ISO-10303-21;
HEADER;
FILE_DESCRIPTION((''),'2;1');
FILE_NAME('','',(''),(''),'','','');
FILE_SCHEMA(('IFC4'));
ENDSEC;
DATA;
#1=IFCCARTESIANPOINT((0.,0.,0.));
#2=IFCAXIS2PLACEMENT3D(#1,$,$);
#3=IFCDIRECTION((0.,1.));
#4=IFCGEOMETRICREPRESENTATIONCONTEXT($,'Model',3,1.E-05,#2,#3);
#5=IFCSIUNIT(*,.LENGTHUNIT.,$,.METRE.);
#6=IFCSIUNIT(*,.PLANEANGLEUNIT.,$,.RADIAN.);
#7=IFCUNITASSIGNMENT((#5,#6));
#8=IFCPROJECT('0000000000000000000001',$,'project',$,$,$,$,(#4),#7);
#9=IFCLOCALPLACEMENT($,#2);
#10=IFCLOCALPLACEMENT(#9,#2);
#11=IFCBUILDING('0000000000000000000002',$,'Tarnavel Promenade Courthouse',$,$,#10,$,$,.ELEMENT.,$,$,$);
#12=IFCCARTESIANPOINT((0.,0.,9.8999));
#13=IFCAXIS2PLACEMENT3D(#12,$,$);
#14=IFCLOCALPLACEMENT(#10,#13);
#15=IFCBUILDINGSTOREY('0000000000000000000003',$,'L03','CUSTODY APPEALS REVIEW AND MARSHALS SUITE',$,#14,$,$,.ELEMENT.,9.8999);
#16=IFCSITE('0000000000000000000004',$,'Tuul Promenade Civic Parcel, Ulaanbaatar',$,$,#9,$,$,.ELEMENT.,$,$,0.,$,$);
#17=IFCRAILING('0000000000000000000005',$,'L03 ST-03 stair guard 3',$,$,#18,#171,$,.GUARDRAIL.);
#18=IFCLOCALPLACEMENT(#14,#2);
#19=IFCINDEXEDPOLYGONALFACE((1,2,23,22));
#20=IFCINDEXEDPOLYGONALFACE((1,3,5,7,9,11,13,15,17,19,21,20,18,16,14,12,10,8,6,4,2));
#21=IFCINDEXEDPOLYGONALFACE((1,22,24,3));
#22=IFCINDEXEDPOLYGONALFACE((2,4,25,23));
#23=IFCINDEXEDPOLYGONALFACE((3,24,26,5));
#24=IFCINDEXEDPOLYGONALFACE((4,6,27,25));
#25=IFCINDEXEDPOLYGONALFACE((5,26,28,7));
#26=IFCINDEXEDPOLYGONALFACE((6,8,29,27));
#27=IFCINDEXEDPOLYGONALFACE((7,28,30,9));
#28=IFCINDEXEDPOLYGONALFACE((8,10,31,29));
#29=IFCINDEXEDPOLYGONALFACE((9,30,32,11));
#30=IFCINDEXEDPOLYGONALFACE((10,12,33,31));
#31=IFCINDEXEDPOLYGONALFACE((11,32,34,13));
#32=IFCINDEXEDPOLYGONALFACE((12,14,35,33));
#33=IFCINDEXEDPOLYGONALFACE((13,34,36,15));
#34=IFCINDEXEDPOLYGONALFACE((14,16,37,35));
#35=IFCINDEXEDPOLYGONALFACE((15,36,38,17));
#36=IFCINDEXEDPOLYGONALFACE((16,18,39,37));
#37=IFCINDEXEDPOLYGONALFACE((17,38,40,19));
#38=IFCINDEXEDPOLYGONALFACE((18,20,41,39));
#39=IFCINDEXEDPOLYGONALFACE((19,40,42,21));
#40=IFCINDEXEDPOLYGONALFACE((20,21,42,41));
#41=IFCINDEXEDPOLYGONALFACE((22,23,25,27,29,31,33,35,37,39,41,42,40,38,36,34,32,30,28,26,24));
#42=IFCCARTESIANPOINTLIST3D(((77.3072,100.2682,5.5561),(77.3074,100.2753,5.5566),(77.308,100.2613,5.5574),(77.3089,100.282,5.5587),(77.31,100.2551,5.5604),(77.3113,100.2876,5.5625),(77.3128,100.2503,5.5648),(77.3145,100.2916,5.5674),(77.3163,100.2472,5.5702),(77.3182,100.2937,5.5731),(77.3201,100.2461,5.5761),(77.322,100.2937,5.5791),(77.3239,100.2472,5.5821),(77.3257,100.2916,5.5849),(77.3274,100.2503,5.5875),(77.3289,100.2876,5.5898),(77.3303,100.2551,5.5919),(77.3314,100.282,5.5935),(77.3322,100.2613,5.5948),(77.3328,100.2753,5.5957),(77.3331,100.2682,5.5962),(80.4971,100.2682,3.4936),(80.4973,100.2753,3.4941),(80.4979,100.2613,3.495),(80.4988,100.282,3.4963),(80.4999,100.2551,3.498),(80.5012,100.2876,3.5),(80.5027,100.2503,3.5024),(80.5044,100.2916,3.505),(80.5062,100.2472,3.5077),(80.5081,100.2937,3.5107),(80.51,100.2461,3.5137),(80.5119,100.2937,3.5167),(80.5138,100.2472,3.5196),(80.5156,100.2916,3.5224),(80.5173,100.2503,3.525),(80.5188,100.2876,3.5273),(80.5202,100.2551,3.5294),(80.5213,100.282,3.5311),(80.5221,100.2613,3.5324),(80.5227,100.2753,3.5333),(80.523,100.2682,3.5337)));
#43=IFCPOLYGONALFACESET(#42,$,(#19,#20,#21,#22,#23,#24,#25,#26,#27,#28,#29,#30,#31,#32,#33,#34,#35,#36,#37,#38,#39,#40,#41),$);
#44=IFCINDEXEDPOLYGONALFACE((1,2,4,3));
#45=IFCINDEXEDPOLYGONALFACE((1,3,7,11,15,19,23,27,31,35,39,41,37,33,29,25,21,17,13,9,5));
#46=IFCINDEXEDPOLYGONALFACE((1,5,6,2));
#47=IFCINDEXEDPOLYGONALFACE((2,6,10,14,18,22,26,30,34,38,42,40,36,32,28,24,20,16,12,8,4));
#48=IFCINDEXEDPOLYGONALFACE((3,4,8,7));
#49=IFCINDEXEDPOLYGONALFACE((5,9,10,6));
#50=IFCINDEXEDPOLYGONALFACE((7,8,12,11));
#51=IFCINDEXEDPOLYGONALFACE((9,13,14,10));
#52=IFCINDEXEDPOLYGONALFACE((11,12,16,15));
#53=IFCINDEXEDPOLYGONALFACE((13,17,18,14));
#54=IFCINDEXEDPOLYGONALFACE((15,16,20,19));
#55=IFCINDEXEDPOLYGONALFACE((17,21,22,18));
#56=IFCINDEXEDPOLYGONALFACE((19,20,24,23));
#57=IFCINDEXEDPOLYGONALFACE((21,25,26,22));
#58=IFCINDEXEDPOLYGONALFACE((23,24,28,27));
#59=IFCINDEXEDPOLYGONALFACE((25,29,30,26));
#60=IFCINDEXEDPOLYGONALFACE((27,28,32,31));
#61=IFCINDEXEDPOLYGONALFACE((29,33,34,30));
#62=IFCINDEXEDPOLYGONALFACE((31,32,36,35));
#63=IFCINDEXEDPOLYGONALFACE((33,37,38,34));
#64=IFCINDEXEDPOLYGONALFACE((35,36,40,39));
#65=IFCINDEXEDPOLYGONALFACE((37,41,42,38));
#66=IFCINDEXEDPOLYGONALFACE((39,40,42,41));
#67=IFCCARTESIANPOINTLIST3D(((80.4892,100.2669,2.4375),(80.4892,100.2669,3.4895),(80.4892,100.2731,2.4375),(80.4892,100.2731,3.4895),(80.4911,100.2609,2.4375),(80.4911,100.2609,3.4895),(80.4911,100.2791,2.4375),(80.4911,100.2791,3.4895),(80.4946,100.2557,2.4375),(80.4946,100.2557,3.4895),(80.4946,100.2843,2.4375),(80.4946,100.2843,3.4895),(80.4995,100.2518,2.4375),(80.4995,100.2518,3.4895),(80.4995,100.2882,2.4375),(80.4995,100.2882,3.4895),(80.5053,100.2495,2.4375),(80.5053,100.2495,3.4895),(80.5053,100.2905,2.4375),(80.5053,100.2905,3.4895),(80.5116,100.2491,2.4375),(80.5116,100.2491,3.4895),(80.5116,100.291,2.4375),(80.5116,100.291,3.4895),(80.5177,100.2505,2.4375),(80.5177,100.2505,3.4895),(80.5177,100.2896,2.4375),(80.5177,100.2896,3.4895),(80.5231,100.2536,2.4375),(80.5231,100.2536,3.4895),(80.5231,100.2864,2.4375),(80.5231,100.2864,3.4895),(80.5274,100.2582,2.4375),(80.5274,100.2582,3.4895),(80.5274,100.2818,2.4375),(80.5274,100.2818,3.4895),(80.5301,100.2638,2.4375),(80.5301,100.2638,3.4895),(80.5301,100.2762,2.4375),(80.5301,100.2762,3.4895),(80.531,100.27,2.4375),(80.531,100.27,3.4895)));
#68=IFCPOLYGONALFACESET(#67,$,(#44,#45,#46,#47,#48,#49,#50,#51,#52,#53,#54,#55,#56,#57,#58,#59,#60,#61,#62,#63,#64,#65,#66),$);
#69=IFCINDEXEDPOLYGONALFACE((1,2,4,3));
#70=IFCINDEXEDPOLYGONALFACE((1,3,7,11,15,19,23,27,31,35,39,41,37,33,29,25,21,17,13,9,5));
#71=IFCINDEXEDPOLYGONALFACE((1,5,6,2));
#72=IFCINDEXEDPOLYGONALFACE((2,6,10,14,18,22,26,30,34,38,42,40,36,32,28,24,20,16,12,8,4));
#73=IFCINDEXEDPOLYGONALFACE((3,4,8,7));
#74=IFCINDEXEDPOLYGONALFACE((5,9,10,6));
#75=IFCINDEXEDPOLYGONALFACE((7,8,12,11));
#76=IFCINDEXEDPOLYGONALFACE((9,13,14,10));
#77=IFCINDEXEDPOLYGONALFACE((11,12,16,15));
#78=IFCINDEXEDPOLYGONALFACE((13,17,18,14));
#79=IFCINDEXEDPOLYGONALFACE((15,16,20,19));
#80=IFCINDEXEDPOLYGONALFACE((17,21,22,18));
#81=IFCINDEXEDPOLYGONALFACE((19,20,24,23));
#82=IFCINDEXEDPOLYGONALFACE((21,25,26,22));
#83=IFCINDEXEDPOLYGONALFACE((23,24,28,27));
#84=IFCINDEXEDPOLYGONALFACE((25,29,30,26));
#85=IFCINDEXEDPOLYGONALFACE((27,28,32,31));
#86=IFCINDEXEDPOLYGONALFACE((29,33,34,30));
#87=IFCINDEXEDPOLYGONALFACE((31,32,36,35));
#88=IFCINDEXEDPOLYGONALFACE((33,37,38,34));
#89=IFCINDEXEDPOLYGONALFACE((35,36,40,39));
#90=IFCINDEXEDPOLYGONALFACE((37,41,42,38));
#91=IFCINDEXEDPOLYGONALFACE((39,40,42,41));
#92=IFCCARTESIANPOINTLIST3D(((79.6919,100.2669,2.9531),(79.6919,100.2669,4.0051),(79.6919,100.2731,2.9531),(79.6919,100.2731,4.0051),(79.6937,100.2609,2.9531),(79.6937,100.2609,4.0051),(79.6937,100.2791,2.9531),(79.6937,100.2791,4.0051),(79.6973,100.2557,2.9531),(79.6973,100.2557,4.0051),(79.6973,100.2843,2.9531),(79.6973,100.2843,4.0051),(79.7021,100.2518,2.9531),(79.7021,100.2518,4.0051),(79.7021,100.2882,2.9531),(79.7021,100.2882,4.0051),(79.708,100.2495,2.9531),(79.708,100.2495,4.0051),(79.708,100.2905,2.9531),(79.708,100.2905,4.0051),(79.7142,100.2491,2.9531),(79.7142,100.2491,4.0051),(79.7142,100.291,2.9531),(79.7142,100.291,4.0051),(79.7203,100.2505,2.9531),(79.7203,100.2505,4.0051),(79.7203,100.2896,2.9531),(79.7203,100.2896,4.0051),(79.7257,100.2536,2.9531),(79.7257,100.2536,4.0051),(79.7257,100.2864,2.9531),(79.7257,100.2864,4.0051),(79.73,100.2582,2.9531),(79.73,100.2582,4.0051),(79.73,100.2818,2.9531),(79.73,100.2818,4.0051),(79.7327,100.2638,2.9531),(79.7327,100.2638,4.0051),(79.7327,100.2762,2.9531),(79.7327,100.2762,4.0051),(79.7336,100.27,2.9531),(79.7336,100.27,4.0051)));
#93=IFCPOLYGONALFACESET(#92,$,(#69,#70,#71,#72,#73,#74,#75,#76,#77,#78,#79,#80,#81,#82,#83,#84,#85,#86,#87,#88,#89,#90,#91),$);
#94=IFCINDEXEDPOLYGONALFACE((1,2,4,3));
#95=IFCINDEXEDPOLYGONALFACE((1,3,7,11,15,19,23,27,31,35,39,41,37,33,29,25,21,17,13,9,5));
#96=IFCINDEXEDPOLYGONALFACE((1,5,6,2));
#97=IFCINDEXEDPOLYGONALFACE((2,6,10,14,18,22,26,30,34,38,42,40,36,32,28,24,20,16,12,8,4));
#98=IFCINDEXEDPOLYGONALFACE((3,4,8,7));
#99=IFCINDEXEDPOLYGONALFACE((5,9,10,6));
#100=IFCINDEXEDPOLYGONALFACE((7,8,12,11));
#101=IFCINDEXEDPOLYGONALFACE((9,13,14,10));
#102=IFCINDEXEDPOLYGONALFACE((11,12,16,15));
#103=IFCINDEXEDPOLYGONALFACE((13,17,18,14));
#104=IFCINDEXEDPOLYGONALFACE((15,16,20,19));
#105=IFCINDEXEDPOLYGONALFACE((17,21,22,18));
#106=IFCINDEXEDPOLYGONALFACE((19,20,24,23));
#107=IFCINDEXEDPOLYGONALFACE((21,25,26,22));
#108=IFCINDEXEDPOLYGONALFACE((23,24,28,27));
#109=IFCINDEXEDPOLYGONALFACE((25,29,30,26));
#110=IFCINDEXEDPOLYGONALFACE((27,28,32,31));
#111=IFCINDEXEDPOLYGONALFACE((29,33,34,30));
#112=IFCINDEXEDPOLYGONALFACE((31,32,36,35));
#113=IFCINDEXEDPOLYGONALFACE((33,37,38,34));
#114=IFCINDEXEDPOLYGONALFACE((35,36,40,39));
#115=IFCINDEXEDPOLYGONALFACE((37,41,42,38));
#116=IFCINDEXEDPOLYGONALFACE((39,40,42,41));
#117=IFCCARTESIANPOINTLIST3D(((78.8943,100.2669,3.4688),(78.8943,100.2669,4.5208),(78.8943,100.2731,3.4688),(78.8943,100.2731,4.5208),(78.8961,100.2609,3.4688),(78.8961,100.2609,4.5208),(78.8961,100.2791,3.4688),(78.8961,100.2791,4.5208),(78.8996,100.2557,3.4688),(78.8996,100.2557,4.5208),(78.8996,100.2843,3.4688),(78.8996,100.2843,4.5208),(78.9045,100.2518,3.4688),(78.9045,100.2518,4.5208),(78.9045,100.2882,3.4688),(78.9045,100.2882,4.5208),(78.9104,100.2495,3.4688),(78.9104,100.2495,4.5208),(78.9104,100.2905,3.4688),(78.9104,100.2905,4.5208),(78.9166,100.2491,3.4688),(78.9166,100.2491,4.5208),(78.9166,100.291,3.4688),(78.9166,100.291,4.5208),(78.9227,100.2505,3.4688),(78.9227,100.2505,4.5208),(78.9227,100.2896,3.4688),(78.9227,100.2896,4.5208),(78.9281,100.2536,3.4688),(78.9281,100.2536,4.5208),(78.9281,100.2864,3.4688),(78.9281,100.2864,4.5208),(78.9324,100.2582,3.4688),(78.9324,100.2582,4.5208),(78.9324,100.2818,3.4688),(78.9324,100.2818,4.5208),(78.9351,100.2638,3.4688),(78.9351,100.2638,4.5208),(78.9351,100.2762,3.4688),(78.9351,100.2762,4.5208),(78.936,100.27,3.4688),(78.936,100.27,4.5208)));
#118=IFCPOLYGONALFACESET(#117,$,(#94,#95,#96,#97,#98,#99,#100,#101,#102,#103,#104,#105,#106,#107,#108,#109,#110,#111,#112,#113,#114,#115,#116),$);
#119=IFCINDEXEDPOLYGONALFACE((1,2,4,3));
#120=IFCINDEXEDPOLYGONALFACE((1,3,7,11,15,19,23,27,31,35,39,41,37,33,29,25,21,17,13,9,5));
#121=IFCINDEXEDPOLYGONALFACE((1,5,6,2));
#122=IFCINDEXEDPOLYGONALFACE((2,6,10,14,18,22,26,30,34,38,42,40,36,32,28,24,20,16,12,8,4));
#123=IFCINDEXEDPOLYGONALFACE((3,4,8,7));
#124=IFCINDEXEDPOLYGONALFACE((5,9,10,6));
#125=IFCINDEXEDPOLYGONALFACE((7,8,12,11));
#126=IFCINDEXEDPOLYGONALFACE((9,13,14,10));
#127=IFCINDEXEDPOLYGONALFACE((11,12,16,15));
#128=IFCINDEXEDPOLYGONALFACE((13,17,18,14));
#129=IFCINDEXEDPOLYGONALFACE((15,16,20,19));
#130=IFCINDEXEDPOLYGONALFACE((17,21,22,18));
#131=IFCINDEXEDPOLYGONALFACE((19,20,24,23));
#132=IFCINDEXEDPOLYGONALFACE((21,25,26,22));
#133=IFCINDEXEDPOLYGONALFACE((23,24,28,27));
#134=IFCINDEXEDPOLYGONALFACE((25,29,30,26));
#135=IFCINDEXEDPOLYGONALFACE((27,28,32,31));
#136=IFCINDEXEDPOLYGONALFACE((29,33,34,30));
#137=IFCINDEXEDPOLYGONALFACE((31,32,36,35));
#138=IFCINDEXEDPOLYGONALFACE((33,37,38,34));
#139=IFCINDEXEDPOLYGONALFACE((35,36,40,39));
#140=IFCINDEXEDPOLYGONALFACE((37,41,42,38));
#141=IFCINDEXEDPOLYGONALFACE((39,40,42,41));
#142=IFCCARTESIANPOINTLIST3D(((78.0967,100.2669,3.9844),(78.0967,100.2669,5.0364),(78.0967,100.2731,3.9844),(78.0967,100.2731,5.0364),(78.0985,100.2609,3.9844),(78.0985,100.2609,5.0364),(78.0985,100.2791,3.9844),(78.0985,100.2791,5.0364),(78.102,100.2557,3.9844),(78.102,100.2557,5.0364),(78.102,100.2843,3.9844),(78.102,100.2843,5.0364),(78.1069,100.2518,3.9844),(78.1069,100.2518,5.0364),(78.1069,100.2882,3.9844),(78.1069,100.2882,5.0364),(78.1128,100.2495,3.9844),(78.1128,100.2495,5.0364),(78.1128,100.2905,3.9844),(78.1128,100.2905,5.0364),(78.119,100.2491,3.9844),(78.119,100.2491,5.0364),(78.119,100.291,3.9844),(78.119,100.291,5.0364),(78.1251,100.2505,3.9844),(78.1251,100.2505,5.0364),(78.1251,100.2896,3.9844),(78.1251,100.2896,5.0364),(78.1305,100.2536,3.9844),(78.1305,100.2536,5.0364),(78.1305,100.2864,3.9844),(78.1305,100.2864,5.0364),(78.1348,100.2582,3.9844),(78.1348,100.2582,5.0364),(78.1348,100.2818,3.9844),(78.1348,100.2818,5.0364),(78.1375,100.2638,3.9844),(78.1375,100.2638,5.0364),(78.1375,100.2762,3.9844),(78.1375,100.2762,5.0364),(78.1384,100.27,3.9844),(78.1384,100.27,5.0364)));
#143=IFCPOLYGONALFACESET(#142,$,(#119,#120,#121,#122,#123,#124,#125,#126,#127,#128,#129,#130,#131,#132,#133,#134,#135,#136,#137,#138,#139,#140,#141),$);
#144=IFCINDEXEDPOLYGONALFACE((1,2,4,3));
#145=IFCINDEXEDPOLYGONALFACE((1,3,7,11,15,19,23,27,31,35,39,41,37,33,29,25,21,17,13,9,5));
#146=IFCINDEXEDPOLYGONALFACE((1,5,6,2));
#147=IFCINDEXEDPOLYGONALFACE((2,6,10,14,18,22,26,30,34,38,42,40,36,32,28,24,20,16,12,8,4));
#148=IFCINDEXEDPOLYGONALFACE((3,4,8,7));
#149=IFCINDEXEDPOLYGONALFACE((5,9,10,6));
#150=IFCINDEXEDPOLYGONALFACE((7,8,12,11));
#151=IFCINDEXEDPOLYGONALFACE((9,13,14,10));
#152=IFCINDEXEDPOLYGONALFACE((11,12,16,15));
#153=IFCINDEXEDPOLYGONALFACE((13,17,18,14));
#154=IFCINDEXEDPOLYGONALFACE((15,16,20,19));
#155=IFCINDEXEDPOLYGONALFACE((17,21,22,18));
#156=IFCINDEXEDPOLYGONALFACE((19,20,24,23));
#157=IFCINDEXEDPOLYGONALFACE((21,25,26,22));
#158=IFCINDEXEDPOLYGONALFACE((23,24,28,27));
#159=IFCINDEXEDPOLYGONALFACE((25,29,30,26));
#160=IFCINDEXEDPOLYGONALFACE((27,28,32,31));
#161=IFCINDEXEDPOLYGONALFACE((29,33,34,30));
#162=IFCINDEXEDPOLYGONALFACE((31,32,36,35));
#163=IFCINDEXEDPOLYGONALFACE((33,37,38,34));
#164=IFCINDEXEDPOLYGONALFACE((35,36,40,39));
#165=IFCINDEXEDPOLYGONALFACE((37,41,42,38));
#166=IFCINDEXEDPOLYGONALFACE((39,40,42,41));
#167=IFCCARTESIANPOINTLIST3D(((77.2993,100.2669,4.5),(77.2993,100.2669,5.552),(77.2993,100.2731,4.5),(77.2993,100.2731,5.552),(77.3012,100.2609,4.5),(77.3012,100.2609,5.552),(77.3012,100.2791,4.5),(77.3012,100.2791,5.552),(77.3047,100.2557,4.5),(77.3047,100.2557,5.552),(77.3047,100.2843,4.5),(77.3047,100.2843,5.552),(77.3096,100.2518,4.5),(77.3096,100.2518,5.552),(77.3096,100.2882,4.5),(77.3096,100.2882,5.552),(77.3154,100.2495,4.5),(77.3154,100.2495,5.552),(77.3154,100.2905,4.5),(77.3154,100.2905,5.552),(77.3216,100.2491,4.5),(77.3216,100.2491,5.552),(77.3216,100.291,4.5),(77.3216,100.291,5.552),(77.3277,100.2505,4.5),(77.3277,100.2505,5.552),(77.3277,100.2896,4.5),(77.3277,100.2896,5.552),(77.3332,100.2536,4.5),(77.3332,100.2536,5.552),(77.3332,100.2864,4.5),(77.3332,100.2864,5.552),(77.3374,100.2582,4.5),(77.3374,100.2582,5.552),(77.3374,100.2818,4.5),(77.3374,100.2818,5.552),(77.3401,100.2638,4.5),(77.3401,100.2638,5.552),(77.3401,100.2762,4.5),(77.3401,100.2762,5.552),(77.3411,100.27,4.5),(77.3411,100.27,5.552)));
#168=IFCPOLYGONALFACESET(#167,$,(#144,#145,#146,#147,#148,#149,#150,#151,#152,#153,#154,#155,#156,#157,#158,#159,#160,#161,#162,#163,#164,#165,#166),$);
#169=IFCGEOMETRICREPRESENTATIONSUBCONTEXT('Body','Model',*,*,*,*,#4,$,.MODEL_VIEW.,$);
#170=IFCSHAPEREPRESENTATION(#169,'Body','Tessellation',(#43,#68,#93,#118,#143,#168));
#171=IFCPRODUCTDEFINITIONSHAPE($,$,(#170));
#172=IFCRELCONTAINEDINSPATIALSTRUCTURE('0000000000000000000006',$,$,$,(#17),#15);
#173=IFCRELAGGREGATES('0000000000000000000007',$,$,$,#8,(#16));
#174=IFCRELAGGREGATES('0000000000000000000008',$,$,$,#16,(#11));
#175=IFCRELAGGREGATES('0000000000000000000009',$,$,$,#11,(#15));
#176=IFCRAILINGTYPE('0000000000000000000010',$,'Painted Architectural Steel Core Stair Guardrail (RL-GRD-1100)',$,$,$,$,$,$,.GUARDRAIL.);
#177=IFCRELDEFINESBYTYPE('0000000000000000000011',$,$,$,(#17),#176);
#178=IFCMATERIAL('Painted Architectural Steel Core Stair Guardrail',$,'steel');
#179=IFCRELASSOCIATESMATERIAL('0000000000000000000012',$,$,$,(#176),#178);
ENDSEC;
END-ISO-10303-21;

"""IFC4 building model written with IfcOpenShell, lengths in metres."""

from ifc_helpers import new_model, si_unit, direction, frame, origin, origin_2d, place, context, subcontext, project, spatial, circle, extrude, material, type_object, element, save


model = new_model("IFC4")

# Units and contexts
model_context = context("Model", 3, precision=1e-05, world=origin(), true_north=direction((0.0, 1.0)))
body_context = subcontext(model_context, "Body", "Model", "MODEL_VIEW")
ifc_project = project(units=[si_unit("LENGTHUNIT", "METRE"), si_unit("PLANEANGLEUNIT", "RADIAN")], contexts=[model_context])

# Site, building, storey
site_placement = place(None, origin())
site = spatial("IfcSite", under=ifc_project, at=site_placement, Name="Tuul Promenade Civic Parcel, Ulaanbaatar", CompositionType="ELEMENT", RefElevation=0.0)
building_placement = place(site_placement, origin())
building = spatial("IfcBuilding", under=site, at=building_placement, Name="Tarnavel Promenade Courthouse", CompositionType="ELEMENT")
storey_placement = place(building_placement, frame((0.0, 0.0, 9.8999)))
storey = spatial("IfcBuildingStorey", under=building, at=storey_placement, Name="L03", Description="CUSTODY APPEALS REVIEW AND MARSHALS SUITE", CompositionType="ELEMENT", Elevation=9.8999)

# Railing
ifc_material_1 = material(Name="Painted Architectural Steel Core Stair Guardrail", Category="steel")
railing_type_1 = type_object("IfcRailingType", Name="Painted Architectural Steel Core Stair Guardrail (RL-GRD-1100)", PredefinedType="GUARDRAIL", material=ifc_material_1)
railing_1_placement = place(storey_placement, frame((80.51, 100.27, 2.4375)))
element("IfcRailing", 1, at=railing_1_placement, inside=storey, type_object=railing_type_1, Name="L03 ST-03 stair guard 3", PredefinedType="GUARDRAIL", context=body_context, shape_type="SweptSolid", body=[
    extrude(circle(Radius=0.0239, at=origin_2d()), frame((0.0, 0.0, 1.0762), z_axis=(-0.83976, 0.0, 0.542958), x_axis=(0.0, -1.0, 0.0)), (0.0, 0.0, 1.0), 3.7986),
    extrude(circle(Radius=0.021, at=origin_2d()), origin(), (0.0, 0.0, 1.0), 1.052),
    extrude(circle(Radius=0.021, at=origin_2d()), frame((-0.7974, 0.0, 0.5156)), (0.0, 0.0, 1.0), 1.052),
    extrude(circle(Radius=0.021, at=origin_2d()), frame((-1.595, 0.0, 1.0312)), (0.0, 0.0, 1.0), 1.052),
    extrude(circle(Radius=0.021, at=origin_2d()), frame((-2.3926, 0.0, 1.5469)), (0.0, 0.0, 1.0), 1.052),
    extrude(circle(Radius=0.021, at=origin_2d()), frame((-3.1899, 0.0, 2.0625)), (0.0, 0.0, 1.0), 1.052),
])

save(model, "model.ifc")
